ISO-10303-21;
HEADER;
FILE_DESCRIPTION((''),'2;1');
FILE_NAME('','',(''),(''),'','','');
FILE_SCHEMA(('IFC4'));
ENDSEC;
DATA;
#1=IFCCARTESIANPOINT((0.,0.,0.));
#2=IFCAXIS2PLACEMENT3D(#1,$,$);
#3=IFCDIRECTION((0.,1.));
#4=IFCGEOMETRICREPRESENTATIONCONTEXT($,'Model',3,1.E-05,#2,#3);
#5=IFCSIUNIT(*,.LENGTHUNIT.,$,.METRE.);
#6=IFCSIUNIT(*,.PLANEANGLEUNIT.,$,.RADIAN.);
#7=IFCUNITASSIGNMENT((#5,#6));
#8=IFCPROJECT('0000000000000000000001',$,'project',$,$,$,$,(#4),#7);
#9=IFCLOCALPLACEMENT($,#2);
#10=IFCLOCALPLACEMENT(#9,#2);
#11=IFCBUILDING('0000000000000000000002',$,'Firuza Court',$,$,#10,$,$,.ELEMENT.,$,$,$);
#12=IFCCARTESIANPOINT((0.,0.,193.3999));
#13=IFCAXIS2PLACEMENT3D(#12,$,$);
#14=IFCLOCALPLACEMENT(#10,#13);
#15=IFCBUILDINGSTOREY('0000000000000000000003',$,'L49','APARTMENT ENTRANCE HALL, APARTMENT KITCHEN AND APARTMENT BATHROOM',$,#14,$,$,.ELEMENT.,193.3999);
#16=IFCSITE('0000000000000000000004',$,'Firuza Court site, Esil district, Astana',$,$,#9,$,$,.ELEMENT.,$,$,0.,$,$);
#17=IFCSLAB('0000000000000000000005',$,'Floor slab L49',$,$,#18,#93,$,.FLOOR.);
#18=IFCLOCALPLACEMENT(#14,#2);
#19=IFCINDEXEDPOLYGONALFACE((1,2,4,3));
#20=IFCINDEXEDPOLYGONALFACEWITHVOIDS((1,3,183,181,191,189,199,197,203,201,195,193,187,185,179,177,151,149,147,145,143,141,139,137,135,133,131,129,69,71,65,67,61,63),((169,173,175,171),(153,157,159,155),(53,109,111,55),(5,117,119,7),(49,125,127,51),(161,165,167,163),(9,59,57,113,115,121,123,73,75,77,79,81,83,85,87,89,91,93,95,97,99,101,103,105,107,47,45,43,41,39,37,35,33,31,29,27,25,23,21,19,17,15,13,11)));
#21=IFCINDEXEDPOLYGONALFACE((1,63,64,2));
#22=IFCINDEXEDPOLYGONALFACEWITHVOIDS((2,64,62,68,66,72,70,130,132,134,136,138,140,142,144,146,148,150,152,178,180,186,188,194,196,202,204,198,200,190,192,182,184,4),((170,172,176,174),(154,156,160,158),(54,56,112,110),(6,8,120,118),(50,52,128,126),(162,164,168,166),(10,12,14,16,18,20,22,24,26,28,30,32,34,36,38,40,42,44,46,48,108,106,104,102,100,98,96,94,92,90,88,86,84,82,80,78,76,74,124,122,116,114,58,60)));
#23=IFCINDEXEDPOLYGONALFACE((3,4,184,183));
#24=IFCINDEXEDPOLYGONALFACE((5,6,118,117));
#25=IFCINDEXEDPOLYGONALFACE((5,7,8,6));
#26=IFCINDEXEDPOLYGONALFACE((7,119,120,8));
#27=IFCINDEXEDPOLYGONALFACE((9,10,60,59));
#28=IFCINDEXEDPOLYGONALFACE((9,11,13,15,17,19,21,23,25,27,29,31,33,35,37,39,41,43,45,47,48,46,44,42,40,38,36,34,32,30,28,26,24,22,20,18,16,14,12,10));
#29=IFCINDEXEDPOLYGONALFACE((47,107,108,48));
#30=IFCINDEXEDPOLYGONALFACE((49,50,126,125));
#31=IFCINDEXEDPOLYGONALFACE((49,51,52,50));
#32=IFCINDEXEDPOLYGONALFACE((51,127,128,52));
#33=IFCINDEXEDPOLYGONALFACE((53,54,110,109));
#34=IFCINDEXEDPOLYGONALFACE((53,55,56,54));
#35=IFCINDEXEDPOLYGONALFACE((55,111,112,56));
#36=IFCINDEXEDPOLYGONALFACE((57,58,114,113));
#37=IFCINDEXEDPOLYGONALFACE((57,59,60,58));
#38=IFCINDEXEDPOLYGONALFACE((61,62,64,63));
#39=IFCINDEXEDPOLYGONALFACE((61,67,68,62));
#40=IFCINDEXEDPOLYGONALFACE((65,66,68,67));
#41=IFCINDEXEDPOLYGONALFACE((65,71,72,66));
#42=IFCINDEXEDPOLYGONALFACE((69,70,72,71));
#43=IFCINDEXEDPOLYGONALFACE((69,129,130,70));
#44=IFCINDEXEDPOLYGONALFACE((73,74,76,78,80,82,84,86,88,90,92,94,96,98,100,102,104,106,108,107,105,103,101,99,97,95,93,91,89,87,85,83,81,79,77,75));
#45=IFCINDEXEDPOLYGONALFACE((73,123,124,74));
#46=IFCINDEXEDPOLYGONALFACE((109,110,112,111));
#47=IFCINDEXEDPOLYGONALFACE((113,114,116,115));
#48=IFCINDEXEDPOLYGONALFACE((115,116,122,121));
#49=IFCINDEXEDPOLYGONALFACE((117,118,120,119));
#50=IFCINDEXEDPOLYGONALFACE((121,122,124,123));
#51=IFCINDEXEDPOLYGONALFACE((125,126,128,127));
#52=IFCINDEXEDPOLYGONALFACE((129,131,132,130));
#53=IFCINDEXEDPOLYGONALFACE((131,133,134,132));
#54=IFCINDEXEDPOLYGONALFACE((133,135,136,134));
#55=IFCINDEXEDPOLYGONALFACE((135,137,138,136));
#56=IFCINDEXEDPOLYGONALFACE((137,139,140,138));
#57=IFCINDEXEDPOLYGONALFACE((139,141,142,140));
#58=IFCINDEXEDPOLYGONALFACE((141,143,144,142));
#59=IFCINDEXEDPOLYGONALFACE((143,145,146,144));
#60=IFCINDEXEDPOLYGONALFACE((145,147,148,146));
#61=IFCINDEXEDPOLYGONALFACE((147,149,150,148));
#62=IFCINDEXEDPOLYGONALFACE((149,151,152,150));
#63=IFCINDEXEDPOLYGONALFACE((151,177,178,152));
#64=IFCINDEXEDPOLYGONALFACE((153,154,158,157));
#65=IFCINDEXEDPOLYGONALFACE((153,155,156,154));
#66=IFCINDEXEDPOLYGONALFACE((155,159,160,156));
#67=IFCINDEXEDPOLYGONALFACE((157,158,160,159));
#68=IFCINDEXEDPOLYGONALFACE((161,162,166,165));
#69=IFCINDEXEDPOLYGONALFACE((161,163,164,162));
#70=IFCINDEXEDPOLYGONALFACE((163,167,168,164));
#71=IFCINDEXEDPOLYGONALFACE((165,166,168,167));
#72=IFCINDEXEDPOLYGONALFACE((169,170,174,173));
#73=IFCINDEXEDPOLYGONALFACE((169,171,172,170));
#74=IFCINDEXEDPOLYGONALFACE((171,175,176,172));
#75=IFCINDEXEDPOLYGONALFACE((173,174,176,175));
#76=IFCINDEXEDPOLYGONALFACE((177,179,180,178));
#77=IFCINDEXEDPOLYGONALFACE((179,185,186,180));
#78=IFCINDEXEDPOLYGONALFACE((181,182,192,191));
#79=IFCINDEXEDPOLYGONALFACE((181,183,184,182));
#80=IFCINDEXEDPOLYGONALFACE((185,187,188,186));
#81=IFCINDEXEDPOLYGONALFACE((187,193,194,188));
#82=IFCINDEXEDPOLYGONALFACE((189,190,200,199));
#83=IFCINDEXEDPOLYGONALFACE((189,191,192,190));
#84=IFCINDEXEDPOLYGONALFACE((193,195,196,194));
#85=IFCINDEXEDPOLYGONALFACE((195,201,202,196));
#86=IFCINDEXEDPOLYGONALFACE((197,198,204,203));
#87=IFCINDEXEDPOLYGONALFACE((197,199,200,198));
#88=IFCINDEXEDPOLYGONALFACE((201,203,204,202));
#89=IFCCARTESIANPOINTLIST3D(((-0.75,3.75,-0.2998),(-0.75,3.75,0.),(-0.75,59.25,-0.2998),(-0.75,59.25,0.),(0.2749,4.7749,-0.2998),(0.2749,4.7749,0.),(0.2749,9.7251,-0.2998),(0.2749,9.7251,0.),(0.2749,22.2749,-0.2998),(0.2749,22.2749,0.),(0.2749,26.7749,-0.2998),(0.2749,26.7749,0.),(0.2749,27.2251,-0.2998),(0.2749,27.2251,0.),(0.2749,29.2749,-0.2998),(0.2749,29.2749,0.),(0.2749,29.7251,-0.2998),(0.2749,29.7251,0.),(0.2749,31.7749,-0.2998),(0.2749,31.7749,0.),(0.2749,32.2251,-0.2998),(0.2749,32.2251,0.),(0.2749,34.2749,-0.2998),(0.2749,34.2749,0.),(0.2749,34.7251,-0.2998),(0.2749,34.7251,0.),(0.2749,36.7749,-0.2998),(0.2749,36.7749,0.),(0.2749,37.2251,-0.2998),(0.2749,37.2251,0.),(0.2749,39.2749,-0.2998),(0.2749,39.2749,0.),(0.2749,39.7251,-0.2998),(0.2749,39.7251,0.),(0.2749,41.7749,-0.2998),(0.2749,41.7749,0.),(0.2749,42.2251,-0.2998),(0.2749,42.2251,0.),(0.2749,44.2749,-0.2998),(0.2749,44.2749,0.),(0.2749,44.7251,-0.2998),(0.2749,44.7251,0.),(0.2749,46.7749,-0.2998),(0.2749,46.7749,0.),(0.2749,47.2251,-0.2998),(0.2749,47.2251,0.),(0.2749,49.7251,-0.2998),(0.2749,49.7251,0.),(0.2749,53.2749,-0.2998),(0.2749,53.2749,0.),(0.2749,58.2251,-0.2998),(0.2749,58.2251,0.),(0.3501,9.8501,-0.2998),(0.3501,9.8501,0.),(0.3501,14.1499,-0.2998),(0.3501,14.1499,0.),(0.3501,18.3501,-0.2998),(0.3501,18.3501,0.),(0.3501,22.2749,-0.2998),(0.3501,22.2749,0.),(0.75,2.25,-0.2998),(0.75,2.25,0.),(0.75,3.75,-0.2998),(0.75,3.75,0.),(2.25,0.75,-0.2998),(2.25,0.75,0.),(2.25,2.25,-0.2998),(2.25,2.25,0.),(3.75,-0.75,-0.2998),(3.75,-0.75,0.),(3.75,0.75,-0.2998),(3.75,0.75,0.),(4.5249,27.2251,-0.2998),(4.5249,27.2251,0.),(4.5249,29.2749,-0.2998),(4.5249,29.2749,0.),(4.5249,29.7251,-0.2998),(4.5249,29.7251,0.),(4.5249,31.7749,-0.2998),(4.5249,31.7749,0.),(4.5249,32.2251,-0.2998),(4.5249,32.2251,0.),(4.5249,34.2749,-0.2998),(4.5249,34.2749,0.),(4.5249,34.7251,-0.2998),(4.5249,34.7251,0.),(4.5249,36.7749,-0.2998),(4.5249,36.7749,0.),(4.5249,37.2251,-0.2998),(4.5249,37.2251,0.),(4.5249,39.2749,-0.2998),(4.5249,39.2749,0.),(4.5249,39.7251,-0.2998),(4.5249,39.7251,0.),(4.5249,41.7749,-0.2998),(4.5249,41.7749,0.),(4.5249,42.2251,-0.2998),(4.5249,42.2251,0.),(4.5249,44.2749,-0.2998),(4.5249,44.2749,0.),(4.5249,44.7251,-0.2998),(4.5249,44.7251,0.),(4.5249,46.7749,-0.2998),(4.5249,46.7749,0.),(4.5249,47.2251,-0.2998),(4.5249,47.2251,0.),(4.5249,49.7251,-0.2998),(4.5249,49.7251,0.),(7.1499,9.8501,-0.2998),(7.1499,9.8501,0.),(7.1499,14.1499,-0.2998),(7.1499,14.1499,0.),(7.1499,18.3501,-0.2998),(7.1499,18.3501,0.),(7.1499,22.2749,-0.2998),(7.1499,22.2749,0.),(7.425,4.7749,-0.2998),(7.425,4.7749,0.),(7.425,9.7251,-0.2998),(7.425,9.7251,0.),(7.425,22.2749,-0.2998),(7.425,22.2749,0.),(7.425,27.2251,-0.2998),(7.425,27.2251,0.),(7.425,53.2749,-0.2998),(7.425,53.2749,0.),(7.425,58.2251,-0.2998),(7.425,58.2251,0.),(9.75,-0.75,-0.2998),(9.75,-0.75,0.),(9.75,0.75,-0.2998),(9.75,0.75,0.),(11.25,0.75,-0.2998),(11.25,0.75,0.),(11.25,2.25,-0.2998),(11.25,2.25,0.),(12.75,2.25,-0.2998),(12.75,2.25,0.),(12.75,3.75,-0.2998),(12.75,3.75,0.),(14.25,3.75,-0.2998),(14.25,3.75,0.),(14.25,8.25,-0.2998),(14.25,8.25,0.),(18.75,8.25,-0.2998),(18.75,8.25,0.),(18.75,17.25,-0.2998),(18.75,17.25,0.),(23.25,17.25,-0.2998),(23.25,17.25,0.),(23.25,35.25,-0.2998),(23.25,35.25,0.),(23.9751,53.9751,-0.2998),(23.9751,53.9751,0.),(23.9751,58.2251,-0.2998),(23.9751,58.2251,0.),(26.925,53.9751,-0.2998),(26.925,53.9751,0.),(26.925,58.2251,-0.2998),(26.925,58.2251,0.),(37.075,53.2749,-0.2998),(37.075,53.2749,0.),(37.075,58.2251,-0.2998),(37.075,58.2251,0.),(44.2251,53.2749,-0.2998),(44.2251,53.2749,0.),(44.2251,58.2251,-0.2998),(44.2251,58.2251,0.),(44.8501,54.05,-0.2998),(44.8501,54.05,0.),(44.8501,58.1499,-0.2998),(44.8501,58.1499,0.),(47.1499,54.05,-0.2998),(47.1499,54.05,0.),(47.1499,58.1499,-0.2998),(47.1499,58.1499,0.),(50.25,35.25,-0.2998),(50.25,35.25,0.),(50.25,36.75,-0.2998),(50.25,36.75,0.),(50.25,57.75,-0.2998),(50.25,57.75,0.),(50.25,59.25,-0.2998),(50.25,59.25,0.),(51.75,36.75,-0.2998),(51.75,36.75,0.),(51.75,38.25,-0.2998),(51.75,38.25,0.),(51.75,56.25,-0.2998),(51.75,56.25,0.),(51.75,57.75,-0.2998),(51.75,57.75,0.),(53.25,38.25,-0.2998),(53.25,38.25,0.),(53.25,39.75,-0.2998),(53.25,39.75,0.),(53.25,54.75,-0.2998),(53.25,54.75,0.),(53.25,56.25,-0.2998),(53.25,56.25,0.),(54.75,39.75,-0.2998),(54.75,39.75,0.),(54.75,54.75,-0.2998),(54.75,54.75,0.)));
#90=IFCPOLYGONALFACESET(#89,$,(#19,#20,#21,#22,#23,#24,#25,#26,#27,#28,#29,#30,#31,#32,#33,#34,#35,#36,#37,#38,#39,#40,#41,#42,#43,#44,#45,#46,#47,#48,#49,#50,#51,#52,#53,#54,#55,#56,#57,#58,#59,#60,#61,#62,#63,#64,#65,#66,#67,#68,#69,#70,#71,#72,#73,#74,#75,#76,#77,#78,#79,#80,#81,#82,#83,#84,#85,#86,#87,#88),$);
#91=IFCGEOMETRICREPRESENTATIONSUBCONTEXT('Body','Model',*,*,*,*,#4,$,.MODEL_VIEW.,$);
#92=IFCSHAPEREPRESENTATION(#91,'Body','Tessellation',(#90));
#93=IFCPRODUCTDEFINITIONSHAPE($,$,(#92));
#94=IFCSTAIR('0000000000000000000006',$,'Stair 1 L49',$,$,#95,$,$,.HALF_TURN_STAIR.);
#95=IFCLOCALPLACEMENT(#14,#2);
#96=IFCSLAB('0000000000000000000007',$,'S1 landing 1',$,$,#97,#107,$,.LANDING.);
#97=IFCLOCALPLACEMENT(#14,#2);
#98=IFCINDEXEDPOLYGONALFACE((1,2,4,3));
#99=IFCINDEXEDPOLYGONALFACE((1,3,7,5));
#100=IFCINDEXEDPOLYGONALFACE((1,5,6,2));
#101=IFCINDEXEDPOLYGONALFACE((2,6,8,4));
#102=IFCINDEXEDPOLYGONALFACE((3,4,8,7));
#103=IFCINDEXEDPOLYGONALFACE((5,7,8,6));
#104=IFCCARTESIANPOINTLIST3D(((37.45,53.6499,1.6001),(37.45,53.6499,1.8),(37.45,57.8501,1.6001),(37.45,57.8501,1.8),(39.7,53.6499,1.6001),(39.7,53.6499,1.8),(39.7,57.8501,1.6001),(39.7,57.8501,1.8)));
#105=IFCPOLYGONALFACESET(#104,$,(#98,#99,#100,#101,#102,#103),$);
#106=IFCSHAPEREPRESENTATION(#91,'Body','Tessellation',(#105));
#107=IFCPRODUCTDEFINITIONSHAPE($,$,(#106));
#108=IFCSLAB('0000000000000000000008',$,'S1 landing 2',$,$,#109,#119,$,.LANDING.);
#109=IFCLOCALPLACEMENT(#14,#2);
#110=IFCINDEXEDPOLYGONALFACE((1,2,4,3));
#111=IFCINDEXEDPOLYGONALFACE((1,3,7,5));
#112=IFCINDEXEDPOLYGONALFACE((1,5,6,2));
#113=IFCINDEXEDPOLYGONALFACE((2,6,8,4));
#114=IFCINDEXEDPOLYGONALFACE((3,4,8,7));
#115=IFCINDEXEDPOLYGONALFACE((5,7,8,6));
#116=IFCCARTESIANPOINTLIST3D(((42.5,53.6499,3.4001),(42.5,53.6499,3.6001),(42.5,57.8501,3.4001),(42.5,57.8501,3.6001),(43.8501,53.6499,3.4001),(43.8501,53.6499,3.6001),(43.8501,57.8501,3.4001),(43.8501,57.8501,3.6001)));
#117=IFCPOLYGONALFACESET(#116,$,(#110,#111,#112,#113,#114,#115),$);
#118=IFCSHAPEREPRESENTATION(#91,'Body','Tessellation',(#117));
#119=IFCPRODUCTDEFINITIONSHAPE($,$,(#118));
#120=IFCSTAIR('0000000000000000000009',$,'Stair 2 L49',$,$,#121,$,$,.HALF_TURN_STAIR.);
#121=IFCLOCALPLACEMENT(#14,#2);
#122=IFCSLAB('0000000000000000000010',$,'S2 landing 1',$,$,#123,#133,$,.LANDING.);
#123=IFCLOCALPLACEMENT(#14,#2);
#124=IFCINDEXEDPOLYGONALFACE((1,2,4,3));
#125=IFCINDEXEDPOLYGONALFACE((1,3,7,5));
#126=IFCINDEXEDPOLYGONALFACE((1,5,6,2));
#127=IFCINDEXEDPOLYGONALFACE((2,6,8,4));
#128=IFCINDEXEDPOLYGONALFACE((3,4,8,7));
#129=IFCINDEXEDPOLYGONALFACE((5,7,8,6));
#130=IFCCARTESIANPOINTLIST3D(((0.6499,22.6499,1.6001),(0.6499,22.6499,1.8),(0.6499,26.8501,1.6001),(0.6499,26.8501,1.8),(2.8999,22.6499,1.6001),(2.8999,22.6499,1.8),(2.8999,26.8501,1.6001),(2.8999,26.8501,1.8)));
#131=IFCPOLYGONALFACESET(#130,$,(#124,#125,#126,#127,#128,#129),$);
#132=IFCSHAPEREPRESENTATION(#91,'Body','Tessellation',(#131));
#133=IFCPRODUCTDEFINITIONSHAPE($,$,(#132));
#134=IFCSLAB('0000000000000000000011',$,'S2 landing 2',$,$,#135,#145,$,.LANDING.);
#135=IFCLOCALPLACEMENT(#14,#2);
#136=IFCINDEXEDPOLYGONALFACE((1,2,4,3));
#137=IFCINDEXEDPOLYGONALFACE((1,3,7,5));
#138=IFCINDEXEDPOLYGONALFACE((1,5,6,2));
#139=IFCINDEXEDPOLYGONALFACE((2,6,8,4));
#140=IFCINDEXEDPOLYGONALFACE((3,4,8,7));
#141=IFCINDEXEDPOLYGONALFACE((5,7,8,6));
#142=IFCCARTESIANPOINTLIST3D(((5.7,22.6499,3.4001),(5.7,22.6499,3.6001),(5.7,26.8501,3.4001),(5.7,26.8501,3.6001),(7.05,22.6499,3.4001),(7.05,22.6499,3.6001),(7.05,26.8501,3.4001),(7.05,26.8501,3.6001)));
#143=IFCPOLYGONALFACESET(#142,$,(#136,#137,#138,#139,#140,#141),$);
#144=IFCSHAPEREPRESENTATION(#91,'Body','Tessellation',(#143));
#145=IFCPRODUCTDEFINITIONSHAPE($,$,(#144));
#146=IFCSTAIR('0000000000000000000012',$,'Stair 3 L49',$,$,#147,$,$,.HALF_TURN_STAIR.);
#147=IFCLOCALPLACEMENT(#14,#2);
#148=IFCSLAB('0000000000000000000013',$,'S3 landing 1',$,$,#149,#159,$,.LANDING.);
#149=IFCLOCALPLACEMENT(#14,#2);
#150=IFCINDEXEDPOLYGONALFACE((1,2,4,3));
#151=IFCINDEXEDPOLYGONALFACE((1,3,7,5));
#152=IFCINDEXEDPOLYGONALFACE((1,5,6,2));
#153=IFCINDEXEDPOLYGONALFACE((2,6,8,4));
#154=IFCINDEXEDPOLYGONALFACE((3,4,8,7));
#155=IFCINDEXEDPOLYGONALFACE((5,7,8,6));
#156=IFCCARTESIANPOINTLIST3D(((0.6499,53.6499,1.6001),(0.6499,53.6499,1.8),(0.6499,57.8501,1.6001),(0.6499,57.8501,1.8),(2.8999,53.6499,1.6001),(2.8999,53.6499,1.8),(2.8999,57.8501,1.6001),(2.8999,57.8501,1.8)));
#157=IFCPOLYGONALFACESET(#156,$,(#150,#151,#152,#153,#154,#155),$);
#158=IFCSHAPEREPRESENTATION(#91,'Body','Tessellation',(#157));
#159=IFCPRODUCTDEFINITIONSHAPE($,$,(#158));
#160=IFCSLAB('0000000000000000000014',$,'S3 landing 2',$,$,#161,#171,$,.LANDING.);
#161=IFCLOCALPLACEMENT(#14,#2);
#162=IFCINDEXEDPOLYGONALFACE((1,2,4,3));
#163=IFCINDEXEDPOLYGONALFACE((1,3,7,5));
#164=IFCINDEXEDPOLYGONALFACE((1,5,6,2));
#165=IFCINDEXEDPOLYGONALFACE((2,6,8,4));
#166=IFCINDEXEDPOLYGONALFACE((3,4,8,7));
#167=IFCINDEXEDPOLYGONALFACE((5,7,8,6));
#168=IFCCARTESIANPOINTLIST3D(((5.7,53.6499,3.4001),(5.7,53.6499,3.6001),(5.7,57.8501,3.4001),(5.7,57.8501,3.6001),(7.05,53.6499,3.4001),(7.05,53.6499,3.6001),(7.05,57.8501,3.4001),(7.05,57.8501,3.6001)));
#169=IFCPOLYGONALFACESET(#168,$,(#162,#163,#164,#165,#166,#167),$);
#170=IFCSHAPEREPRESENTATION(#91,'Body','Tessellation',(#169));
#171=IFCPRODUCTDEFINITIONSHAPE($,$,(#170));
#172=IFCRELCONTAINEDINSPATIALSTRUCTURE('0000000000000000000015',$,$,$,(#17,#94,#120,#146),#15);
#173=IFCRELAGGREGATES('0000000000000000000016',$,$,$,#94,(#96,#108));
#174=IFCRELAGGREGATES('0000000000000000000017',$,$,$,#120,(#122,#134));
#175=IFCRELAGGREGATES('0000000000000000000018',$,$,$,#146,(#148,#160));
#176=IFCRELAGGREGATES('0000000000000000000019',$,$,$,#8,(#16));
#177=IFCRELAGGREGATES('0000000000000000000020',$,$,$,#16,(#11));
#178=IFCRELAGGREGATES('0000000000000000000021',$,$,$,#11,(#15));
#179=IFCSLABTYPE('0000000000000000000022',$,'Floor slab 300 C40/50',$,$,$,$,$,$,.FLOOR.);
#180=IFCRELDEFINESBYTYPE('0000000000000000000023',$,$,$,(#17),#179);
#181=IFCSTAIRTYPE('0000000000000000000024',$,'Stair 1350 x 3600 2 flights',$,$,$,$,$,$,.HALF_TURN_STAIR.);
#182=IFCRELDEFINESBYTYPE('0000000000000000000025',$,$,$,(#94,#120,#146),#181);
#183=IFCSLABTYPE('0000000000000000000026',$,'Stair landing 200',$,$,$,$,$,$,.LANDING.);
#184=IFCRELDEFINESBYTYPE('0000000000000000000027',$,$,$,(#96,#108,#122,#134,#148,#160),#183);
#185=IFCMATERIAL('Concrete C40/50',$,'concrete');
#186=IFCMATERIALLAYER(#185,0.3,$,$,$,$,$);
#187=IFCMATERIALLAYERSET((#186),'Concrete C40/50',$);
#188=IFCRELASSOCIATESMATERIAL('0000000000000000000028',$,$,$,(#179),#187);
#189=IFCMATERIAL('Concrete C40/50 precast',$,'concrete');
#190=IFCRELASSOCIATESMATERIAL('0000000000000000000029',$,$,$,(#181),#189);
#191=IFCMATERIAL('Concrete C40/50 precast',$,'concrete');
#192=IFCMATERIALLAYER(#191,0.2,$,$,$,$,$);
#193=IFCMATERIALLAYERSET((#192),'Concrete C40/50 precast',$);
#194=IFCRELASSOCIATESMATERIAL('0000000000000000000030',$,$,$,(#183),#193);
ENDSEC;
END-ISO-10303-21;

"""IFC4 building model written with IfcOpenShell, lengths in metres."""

from ifc_helpers import new_model, si_unit, direction, frame, origin, place, context, subcontext, project, spatial, polyline, outline, extrude, material, layer, layer_set, type_object, element, aggregate, save


model = new_model("IFC4")

# Units and contexts
model_context = context("Model", 3, precision=1e-05, world=origin(), true_north=direction((0.0, 1.0)))
body_context = subcontext(model_context, "Body", "Model", "MODEL_VIEW")
ifc_project = project(units=[si_unit("LENGTHUNIT", "METRE"), si_unit("PLANEANGLEUNIT", "RADIAN")], contexts=[model_context])

# Site, building, storey
site_placement = place(None, origin())
site = spatial("IfcSite", under=ifc_project, at=site_placement, Name="Firuza Court site, Esil district, Astana", CompositionType="ELEMENT", RefElevation=0.0)
building_placement = place(site_placement, origin())
building = spatial("IfcBuilding", under=site, at=building_placement, Name="Firuza Court", CompositionType="ELEMENT")
storey_placement = place(building_placement, frame((0.0, 0.0, 193.3999)))
storey = spatial("IfcBuildingStorey", under=building, at=storey_placement, Name="L49", Description="APARTMENT ENTRANCE HALL, APARTMENT KITCHEN AND APARTMENT BATHROOM", CompositionType="ELEMENT", Elevation=193.3999)

# Slab
ifc_material_1 = material(Name="Concrete C40/50", Category="concrete")
ifc_layer_1 = layer(ifc_material_1, 0.3)
ifc_layer_set_1 = layer_set([ifc_layer_1], Name="Concrete C40/50")
slab_type_1 = type_object("IfcSlabType", Name="Floor slab 300 C40/50", PredefinedType="FLOOR", material=ifc_layer_set_1)
slab_1_placement = place(storey_placement, frame((0.0, 0.0, -0.2998)))
element("IfcSlab", 1, at=slab_1_placement, inside=storey, type_object=slab_type_1, Name="Floor slab L49", PredefinedType="FLOOR", context=body_context, shape_type="SweptSolid", body=[
    extrude(outline(polyline([(-0.75, 59.25), (50.25, 59.25), (50.25, 57.75), (51.75, 57.75), (51.75, 56.25), (53.25, 56.25), (53.25, 54.75), (54.75, 54.75), (54.75, 39.75), (53.25, 39.75), (53.25, 38.25), (51.75, 38.25), (51.75, 36.75), (50.25, 36.75), (50.25, 35.25), (23.25, 35.25), (23.25, 17.25), (18.75, 17.25), (18.75, 8.25), (14.25, 8.25), (14.25, 3.75), (12.75, 3.75), (12.75, 2.25), (11.25, 2.25), (11.25, 0.75), (9.75, 0.75), (9.75, -0.75), (3.75, -0.75), (3.75, 0.75), (2.25, 0.75), (2.25, 2.25), (0.75, 2.25), (0.75, 3.75), (-0.75, 3.75), (-0.75, 59.25)]), holes=[polyline([(0.2749, 29.7251), (0.2749, 29.2749), (0.2749, 27.2251), (0.2749, 26.7749), (0.2749, 22.2749), (0.3501, 22.2749), (0.3501, 18.3501), (7.1499, 18.3501), (7.1499, 22.2749), (7.425, 22.2749), (7.425, 27.2251), (4.5249, 27.2251), (4.5249, 29.2749), (4.5249, 29.7251), (4.5249, 31.7749), (4.5249, 32.2251), (4.5249, 34.2749), (4.5249, 34.7251), (4.5249, 36.7749), (4.5249, 37.2251), (4.5249, 39.2749), (4.5249, 39.7251), (4.5249, 41.7749), (4.5249, 42.2251), (4.5249, 44.2749), (4.5249, 44.7251), (4.5249, 46.7749), (4.5249, 47.2251), (4.5249, 49.7251), (0.2749, 49.7251), (0.2749, 47.2251), (0.2749, 46.7749), (0.2749, 44.7251), (0.2749, 44.2749), (0.2749, 42.2251), (0.2749, 41.7749), (0.2749, 39.7251), (0.2749, 39.2749), (0.2749, 37.2251), (0.2749, 36.7749), (0.2749, 34.7251), (0.2749, 34.2749), (0.2749, 32.2251), (0.2749, 31.7749), (0.2749, 29.7251)]), polyline([(7.425, 9.7251), (0.2749, 9.7251), (0.2749, 4.7749), (7.425, 4.7749), (7.425, 9.7251)]), polyline([(7.1499, 14.1499), (0.3501, 14.1499), (0.3501, 9.8501), (7.1499, 9.8501), (7.1499, 14.1499)]), polyline([(7.425, 58.2251), (0.2749, 58.2251), (0.2749, 53.2749), (7.425, 53.2749), (7.425, 58.2251)]), polyline([(44.2251, 58.2251), (37.075, 58.2251), (37.075, 53.2749), (44.2251, 53.2749), (44.2251, 58.2251)]), polyline([(26.925, 53.9751), (26.925, 58.2251), (23.9751, 58.2251), (23.9751, 53.9751), (26.925, 53.9751)]), polyline([(47.1499, 54.05), (47.1499, 58.1499), (44.8501, 58.1499), (44.8501, 54.05), (47.1499, 54.05)])]), origin(), (0.0, 0.0, 1.0), 0.2998),
])

# Stairs, slabs
ifc_material_2 = material(Name="Concrete C40/50 precast", Category="concrete")
stair_type = type_object("IfcStairType", Name="Stair 1350 x 3600 2 flights", PredefinedType="HALF_TURN_STAIR", material=ifc_material_2)
stair_1_placement = place(storey_placement, origin())
stair_1 = element("IfcStair", 2, at=stair_1_placement, inside=storey, type_object=stair_type, Name="Stair 1 L49", PredefinedType="HALF_TURN_STAIR")
ifc_material_3 = material(Name="Concrete C40/50 precast", Category="concrete")
ifc_layer_2 = layer(ifc_material_3, 0.2)
ifc_layer_set_2 = layer_set([ifc_layer_2], Name="Concrete C40/50 precast")
slab_type_2 = type_object("IfcSlabType", Name="Stair landing 200", PredefinedType="LANDING", material=ifc_layer_set_2)
slab_2_placement = place(storey_placement, frame((0.0, 0.0, 1.6001)))
slab_2 = element("IfcSlab", 3, at=slab_2_placement, type_object=slab_type_2, Name="S1 landing 1", PredefinedType="LANDING", context=body_context, shape_type="SweptSolid", body=[
    extrude(outline(polyline([(39.7, 53.6499), (39.7, 57.8501), (37.45, 57.8501), (37.45, 53.6499), (39.7, 53.6499)])), origin(), (0.0, 0.0, 1.0), 0.2),
])
slab_3_placement = place(storey_placement, frame((0.0, 0.0, 3.4001)))
slab_3 = element("IfcSlab", 4, at=slab_3_placement, type_object=slab_type_2, Name="S1 landing 2", PredefinedType="LANDING", context=body_context, shape_type="SweptSolid", body=[
    extrude(outline(polyline([(43.8501, 53.6499), (43.8501, 57.8501), (42.5, 57.8501), (42.5, 53.6499), (43.8501, 53.6499)])), origin(), (0.0, 0.0, 1.0), 0.2),
])
aggregate(stair_1, [slab_2, slab_3])
stair_2_placement = place(storey_placement, origin())
stair_2 = element("IfcStair", 5, at=stair_2_placement, inside=storey, type_object=stair_type, Name="Stair 2 L49", PredefinedType="HALF_TURN_STAIR")
slab_4_placement = place(storey_placement, frame((0.0, 0.0, 1.6001)))
slab_4 = element("IfcSlab", 6, at=slab_4_placement, type_object=slab_type_2, Name="S2 landing 1", PredefinedType="LANDING", context=body_context, shape_type="SweptSolid", body=[
    extrude(outline(polyline([(2.8999, 22.6499), (2.8999, 26.8501), (0.6499, 26.8501), (0.6499, 22.6499), (2.8999, 22.6499)])), origin(), (0.0, 0.0, 1.0), 0.2),
])
slab_5_placement = place(storey_placement, frame((0.0, 0.0, 3.4001)))
slab_5 = element("IfcSlab", 7, at=slab_5_placement, type_object=slab_type_2, Name="S2 landing 2", PredefinedType="LANDING", context=body_context, shape_type="SweptSolid", body=[
    extrude(outline(polyline([(7.05, 22.6499), (7.05, 26.8501), (5.7, 26.8501), (5.7, 22.6499), (7.05, 22.6499)])), origin(), (0.0, 0.0, 1.0), 0.2),
])
aggregate(stair_2, [slab_4, slab_5])
stair_3_placement = place(storey_placement, origin())
stair_3 = element("IfcStair", 8, at=stair_3_placement, inside=storey, type_object=stair_type, Name="Stair 3 L49", PredefinedType="HALF_TURN_STAIR")
slab_6_placement = place(storey_placement, frame((0.0, 0.0, 1.6001)))
slab_6 = element("IfcSlab", 9, at=slab_6_placement, type_object=slab_type_2, Name="S3 landing 1", PredefinedType="LANDING", context=body_context, shape_type="SweptSolid", body=[
    extrude(outline(polyline([(2.8999, 53.6499), (2.8999, 57.8501), (0.6499, 57.8501), (0.6499, 53.6499), (2.8999, 53.6499)])), origin(), (0.0, 0.0, 1.0), 0.2),
])
slab_7_placement = place(storey_placement, frame((0.0, 0.0, 3.4001)))
slab_7 = element("IfcSlab", 10, at=slab_7_placement, type_object=slab_type_2, Name="S3 landing 2", PredefinedType="LANDING", context=body_context, shape_type="SweptSolid", body=[
    extrude(outline(polyline([(7.05, 53.6499), (7.05, 57.8501), (5.7, 57.8501), (5.7, 53.6499), (7.05, 53.6499)])), origin(), (0.0, 0.0, 1.0), 0.2),
])
aggregate(stair_3, [slab_6, slab_7])

save(model, "model.ifc")
